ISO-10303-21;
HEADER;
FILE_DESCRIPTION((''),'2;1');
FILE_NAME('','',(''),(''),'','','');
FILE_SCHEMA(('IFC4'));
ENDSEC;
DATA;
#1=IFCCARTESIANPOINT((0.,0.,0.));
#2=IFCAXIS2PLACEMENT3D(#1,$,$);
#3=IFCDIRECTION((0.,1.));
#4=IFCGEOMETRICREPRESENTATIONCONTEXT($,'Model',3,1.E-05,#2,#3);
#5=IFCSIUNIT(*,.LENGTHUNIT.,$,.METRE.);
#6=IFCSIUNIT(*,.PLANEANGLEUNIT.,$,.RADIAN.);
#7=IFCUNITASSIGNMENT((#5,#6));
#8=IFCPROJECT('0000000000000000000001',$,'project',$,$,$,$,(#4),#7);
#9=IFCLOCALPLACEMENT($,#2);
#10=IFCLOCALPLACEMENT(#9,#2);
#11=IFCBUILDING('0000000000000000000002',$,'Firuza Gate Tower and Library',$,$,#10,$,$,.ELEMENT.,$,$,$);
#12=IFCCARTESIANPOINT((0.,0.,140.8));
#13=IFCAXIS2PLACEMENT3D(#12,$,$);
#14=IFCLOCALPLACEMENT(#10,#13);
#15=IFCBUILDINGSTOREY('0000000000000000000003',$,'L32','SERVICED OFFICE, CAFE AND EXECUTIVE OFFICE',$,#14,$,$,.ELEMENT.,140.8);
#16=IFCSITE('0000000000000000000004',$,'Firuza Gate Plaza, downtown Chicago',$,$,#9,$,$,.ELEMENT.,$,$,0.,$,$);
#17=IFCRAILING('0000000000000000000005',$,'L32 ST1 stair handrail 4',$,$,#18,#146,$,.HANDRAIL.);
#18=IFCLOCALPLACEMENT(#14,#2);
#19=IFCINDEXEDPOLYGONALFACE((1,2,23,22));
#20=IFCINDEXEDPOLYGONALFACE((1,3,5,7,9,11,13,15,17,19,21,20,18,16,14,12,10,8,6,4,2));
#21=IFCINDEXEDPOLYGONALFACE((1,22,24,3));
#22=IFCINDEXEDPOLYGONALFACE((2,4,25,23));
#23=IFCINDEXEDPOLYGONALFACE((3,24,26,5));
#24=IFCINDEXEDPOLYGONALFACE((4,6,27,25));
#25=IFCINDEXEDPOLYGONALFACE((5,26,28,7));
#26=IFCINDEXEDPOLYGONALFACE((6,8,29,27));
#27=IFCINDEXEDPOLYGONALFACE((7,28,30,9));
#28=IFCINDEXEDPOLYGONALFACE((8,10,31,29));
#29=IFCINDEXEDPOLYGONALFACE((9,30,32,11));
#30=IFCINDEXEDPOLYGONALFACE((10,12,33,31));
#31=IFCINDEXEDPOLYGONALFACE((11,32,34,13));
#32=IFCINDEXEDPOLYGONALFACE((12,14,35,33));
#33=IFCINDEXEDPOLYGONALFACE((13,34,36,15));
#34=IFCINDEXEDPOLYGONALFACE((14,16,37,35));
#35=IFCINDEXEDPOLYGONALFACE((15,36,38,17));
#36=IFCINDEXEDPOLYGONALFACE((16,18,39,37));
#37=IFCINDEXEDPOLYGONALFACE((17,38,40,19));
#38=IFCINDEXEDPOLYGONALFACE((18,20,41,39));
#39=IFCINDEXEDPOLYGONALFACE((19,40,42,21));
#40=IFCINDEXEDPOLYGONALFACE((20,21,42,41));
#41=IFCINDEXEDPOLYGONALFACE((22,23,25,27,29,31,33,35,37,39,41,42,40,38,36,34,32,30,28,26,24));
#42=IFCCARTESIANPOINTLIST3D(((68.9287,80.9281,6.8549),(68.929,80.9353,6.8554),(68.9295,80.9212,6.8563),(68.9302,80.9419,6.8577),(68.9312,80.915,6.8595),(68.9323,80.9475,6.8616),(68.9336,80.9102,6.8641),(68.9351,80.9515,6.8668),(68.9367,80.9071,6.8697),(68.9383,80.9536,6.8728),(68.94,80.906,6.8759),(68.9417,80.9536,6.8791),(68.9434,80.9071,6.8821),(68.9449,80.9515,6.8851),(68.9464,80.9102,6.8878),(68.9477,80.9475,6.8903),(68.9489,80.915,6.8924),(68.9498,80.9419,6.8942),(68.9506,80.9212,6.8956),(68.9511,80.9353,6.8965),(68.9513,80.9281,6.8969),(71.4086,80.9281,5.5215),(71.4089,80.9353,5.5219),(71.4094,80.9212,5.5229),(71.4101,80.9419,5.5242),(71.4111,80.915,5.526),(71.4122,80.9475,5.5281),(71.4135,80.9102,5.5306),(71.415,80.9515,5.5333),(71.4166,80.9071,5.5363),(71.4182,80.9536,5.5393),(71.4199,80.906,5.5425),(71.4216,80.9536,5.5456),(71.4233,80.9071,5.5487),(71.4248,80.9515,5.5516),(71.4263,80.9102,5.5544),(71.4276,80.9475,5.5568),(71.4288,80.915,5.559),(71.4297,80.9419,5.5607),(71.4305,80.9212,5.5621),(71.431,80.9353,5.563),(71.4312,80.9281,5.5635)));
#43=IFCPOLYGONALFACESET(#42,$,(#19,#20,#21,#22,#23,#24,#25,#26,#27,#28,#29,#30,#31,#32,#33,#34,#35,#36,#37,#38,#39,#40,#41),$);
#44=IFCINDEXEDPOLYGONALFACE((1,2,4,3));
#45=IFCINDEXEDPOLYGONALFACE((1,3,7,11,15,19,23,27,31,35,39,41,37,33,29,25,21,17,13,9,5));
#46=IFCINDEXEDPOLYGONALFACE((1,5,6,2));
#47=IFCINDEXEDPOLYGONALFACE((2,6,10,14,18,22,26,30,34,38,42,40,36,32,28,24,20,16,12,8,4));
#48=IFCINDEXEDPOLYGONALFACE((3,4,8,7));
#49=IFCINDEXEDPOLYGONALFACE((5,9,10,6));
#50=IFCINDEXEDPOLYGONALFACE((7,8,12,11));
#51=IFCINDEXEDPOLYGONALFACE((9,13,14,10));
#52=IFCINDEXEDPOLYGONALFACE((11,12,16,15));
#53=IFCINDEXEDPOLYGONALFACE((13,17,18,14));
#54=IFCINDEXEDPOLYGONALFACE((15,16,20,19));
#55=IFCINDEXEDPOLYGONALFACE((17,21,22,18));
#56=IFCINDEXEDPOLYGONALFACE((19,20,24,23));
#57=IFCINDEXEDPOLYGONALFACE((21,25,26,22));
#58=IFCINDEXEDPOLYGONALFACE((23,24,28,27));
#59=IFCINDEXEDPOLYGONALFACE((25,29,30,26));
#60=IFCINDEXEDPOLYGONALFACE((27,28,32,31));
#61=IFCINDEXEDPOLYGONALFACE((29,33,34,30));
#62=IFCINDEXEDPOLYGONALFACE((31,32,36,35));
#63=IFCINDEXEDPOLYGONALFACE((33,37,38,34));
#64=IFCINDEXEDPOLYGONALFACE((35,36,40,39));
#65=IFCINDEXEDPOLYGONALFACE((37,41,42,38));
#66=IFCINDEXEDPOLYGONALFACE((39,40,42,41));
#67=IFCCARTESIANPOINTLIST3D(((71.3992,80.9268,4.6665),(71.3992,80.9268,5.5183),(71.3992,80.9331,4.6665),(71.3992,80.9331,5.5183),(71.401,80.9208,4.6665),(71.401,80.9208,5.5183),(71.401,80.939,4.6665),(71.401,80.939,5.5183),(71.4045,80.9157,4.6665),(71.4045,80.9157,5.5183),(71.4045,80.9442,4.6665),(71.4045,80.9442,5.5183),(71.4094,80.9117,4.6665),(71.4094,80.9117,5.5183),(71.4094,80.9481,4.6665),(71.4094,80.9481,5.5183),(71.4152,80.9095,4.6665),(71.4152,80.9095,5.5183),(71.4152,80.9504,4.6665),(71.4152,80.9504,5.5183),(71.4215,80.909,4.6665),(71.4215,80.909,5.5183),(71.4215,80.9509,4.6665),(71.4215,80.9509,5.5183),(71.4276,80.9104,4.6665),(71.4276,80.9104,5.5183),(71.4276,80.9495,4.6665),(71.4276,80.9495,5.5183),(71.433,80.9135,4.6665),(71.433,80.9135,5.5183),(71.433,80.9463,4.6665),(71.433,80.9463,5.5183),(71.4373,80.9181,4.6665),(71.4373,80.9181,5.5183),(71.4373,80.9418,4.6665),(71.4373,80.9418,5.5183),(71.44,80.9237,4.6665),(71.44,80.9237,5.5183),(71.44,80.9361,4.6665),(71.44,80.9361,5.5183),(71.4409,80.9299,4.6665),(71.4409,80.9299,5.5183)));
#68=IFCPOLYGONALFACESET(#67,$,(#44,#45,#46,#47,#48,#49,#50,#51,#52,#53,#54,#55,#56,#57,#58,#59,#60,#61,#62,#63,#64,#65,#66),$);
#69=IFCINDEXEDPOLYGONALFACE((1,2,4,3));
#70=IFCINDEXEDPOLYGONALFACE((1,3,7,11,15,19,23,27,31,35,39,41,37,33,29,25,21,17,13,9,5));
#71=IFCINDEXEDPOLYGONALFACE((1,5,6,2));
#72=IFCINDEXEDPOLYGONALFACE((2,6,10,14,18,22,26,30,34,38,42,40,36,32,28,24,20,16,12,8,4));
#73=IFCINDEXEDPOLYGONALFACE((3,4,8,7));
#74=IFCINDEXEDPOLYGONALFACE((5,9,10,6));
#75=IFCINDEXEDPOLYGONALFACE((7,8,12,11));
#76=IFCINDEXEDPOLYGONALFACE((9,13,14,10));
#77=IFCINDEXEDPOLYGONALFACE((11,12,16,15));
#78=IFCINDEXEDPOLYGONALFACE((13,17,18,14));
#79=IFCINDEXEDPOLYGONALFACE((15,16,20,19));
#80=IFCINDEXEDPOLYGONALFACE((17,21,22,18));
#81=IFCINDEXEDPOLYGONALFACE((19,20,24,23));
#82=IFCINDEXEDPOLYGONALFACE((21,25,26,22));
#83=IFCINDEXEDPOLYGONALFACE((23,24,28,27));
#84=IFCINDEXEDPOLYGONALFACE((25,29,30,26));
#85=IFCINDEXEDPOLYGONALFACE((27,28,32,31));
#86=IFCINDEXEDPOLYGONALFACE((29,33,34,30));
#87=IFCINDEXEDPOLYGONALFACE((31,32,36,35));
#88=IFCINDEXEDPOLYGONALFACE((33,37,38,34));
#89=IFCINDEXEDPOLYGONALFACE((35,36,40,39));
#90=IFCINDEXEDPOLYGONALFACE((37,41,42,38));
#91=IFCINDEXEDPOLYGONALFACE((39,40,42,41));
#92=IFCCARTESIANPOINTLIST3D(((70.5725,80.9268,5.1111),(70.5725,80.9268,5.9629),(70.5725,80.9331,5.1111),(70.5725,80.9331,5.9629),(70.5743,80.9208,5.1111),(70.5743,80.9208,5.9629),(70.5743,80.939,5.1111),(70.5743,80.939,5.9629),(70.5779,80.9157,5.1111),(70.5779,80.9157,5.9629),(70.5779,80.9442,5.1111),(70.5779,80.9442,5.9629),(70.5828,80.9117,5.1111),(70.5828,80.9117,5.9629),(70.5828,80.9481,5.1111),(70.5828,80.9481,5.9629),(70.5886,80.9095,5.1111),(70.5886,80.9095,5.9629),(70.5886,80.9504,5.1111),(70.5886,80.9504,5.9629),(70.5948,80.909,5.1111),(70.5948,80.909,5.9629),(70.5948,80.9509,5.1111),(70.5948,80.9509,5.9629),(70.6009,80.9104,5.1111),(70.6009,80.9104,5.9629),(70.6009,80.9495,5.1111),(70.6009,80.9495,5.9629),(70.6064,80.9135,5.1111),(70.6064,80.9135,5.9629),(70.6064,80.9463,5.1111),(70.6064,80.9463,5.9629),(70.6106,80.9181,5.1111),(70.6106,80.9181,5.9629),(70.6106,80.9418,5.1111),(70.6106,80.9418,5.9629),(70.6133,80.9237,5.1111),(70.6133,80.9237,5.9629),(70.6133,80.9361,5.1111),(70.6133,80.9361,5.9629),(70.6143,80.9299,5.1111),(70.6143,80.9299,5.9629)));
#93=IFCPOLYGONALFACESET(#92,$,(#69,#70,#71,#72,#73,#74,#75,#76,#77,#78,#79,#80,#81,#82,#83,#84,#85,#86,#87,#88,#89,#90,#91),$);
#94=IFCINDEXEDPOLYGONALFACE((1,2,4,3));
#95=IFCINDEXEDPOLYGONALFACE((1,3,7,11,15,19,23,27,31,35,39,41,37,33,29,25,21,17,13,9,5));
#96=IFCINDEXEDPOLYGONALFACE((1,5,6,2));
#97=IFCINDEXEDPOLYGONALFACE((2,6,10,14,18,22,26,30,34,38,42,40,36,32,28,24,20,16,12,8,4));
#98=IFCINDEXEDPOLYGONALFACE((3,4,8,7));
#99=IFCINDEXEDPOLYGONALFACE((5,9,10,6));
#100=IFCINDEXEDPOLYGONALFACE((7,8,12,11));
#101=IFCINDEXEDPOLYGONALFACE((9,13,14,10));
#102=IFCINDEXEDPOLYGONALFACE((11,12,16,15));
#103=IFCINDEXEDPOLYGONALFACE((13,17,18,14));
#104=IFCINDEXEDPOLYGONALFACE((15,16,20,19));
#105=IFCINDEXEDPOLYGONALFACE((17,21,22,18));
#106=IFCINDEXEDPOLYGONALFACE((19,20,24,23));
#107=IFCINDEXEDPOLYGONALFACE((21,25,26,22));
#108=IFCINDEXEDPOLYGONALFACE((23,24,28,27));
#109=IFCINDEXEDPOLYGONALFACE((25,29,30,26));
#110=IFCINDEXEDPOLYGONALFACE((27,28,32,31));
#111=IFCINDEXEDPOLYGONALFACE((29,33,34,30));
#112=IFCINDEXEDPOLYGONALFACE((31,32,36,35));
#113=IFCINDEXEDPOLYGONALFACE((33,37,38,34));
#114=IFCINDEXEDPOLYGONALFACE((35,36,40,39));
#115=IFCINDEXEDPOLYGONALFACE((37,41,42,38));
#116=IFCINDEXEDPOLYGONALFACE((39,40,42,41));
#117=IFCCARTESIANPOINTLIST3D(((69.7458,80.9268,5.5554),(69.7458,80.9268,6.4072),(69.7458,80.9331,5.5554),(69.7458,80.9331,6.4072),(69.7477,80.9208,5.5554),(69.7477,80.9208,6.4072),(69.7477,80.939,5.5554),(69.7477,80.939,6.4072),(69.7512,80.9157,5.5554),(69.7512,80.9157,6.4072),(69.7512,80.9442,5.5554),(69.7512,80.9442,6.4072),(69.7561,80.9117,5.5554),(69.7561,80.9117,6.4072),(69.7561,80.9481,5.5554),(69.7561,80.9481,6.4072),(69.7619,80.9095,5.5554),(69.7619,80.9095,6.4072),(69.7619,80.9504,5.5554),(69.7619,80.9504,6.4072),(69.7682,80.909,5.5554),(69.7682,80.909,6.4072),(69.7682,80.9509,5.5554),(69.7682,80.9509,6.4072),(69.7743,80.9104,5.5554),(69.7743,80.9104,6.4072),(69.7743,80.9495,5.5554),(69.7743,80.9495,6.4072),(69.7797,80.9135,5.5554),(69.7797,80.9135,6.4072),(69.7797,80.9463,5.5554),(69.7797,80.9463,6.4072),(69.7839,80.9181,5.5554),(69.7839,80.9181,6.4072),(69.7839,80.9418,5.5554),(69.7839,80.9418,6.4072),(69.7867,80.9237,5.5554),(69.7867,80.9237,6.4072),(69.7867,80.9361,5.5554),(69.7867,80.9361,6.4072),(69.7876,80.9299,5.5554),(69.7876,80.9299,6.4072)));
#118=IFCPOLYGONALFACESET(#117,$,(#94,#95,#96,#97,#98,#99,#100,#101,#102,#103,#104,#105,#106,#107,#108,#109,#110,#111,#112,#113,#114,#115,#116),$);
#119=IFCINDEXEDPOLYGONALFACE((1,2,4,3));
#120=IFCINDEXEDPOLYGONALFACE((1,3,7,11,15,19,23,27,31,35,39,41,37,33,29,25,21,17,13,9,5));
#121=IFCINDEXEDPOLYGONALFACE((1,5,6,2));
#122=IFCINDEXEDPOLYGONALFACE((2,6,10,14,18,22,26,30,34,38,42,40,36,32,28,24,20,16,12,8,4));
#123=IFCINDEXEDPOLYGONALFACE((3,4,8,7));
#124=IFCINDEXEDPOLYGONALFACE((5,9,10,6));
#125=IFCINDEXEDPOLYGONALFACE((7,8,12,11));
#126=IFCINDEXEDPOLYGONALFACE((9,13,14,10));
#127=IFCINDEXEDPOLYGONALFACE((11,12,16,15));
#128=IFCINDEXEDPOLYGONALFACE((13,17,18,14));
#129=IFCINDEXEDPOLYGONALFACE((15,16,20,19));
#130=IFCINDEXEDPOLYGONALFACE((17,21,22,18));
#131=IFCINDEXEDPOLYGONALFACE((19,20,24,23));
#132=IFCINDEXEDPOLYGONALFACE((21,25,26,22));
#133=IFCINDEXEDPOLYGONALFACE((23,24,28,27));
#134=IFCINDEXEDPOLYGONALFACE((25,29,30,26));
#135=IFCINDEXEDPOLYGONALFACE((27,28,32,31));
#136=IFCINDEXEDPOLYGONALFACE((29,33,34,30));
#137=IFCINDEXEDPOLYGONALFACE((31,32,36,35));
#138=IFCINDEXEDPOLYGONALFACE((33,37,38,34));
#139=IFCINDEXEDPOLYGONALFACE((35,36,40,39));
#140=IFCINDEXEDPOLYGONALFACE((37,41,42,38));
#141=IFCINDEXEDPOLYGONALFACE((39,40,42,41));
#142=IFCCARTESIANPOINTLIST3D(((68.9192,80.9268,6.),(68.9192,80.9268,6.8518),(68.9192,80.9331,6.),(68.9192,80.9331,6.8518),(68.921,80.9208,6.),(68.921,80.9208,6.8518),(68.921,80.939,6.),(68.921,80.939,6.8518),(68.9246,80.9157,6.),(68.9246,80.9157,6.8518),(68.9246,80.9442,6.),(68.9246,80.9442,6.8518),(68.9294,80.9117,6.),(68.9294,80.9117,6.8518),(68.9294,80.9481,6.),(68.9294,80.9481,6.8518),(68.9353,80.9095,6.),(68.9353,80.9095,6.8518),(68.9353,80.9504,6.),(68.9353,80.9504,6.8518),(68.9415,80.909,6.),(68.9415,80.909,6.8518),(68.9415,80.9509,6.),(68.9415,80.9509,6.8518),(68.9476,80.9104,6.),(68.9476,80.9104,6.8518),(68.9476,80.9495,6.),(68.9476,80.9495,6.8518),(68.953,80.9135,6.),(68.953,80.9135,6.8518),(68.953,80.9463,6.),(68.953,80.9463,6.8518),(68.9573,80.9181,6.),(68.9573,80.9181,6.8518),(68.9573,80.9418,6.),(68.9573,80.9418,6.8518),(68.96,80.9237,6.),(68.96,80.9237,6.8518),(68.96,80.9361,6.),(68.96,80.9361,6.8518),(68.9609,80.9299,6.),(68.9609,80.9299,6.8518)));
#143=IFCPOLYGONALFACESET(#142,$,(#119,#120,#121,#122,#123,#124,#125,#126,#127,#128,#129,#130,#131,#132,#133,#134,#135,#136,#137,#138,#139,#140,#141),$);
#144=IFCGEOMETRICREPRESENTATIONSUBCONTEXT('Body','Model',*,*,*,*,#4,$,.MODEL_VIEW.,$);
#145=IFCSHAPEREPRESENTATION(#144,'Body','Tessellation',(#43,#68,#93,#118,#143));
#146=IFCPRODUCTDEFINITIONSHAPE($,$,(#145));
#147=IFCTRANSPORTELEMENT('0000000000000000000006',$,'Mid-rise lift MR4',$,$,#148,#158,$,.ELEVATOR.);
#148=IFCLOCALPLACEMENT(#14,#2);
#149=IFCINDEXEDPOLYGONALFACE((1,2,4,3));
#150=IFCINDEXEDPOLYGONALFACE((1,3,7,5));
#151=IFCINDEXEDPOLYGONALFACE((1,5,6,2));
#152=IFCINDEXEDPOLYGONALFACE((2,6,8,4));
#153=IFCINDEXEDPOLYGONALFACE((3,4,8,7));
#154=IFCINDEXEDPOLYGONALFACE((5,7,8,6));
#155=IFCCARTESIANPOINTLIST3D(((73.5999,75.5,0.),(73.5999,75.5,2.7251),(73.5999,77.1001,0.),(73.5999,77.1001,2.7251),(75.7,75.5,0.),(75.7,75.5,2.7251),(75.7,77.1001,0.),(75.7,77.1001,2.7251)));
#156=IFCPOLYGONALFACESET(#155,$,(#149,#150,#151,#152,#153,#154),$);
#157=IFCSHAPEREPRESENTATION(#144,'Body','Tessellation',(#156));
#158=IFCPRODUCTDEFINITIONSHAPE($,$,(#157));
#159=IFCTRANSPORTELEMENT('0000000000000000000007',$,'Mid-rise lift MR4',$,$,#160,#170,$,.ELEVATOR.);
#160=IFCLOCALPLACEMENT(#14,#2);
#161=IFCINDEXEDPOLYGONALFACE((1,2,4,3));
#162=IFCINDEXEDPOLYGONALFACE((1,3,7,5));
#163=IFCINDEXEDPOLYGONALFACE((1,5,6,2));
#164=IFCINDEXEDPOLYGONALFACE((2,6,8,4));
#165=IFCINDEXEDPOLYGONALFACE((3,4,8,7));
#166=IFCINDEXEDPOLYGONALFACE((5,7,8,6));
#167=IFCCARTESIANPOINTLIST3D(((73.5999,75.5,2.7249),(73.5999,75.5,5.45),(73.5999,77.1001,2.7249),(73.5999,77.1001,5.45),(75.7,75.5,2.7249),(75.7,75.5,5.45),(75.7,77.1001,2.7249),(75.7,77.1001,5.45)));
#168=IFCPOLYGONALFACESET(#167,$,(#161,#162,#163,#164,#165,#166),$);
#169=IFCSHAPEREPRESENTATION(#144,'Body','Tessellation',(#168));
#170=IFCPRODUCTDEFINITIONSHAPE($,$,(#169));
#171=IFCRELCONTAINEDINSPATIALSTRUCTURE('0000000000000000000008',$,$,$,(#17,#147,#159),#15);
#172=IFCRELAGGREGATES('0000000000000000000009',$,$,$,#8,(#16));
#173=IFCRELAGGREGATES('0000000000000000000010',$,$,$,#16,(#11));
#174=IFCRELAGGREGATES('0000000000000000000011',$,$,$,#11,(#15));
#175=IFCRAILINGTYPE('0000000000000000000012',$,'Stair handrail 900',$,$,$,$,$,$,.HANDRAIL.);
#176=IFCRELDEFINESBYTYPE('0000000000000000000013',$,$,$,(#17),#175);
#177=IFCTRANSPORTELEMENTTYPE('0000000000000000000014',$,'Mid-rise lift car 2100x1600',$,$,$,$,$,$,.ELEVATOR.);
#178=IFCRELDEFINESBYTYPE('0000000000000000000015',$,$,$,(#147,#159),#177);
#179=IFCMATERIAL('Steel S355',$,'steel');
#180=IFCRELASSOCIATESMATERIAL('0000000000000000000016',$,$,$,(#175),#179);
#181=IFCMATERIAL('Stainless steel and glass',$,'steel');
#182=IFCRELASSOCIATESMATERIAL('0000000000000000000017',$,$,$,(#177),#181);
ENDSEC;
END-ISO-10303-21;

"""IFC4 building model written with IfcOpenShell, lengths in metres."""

from ifc_helpers import new_model, si_unit, direction, frame, origin, origin_2d, place, context, subcontext, project, spatial, rectangle, circle, extrude, material, type_object, element, save


model = new_model("IFC4")

# Units and contexts
model_context = context("Model", 3, precision=1e-05, world=origin(), true_north=direction((0.0, 1.0)))
body_context = subcontext(model_context, "Body", "Model", "MODEL_VIEW")
ifc_project = project(units=[si_unit("LENGTHUNIT", "METRE"), si_unit("PLANEANGLEUNIT", "RADIAN")], contexts=[model_context])

# Site, building, storey
site_placement = place(None, origin())
site = spatial("IfcSite", under=ifc_project, at=site_placement, Name="Firuza Gate Plaza, downtown Chicago", CompositionType="ELEMENT", RefElevation=0.0)
building_placement = place(site_placement, origin())
building = spatial("IfcBuilding", under=site, at=building_placement, Name="Firuza Gate Tower and Library", CompositionType="ELEMENT")
storey_placement = place(building_placement, frame((0.0, 0.0, 140.8)))
storey = spatial("IfcBuildingStorey", under=building, at=storey_placement, Name="L32", Description="SERVICED OFFICE, CAFE AND EXECUTIVE OFFICE", CompositionType="ELEMENT", Elevation=140.8)

# Railing
ifc_material_1 = material(Name="Steel S355", Category="steel")
railing_type_1 = type_object("IfcRailingType", Name="Stair handrail 900", PredefinedType="HANDRAIL", material=ifc_material_1)
for number, where, name in (
    (1, (71.4199, 80.9299, 4.6665), "L32 ST1 stair handrail 4"),
):
    element("IfcRailing", number, at=place(storey_placement, frame(where)), inside=storey, type_object=railing_type_1, Name=name, PredefinedType="HANDRAIL", context=body_context, shape_type="SweptSolid", body=[
        extrude(circle(Radius=0.0239, at=origin_2d()), frame((0.0, 0.0, 0.876), z_axis=(-0.880749, 0.0, 0.473583), x_axis=(0.0, -1.0, 0.0)), (0.0, 0.0, 1.0), 2.8157),
        extrude(circle(Radius=0.021, at=origin_2d()), origin(), (0.0, 0.0, 1.0), 0.8518),
        extrude(circle(Radius=0.021, at=origin_2d()), frame((-0.8267, 0.0, 0.4446)), (0.0, 0.0, 1.0), 0.8518),
        extrude(circle(Radius=0.021, at=origin_2d()), frame((-1.6533, 0.0, 0.8889)), (0.0, 0.0, 1.0), 0.8518),
        extrude(circle(Radius=0.021, at=origin_2d()), frame((-2.48, 0.0, 1.3335)), (0.0, 0.0, 1.0), 0.8518),
    ])

# Transport elements
ifc_material_2 = material(Name="Stainless steel and glass", Category="steel")
transport_element_type = type_object("IfcTransportElementType", Name="Mid-rise lift car 2100x1600", PredefinedType="ELEVATOR", material=ifc_material_2)
for number, where, z_axis, x_axis, name in (
    (2, (74.6499, 76.3, 0.0), (0.0, 0.0, 1.0), (1.0, 0.0, 0.0), "Mid-rise lift MR4"),
    (3, (74.6499, 76.3, 2.7249), (0.0, 0.0, 1.0), (1.0, 0.0, 0.0), "Mid-rise lift MR4"),
):
    element("IfcTransportElement", number, at=place(storey_placement, frame(where, z_axis=z_axis, x_axis=x_axis)), inside=storey, type_object=transport_element_type, Name=name, PredefinedType="ELEVATOR", context=body_context, shape_type="SweptSolid", body=[
        extrude(rectangle(XDim=2.1001, YDim=1.6001, at=origin_2d()), origin(), (0.0, 0.0, 1.0), 2.7251),
    ])

save(model, "model.ifc")
